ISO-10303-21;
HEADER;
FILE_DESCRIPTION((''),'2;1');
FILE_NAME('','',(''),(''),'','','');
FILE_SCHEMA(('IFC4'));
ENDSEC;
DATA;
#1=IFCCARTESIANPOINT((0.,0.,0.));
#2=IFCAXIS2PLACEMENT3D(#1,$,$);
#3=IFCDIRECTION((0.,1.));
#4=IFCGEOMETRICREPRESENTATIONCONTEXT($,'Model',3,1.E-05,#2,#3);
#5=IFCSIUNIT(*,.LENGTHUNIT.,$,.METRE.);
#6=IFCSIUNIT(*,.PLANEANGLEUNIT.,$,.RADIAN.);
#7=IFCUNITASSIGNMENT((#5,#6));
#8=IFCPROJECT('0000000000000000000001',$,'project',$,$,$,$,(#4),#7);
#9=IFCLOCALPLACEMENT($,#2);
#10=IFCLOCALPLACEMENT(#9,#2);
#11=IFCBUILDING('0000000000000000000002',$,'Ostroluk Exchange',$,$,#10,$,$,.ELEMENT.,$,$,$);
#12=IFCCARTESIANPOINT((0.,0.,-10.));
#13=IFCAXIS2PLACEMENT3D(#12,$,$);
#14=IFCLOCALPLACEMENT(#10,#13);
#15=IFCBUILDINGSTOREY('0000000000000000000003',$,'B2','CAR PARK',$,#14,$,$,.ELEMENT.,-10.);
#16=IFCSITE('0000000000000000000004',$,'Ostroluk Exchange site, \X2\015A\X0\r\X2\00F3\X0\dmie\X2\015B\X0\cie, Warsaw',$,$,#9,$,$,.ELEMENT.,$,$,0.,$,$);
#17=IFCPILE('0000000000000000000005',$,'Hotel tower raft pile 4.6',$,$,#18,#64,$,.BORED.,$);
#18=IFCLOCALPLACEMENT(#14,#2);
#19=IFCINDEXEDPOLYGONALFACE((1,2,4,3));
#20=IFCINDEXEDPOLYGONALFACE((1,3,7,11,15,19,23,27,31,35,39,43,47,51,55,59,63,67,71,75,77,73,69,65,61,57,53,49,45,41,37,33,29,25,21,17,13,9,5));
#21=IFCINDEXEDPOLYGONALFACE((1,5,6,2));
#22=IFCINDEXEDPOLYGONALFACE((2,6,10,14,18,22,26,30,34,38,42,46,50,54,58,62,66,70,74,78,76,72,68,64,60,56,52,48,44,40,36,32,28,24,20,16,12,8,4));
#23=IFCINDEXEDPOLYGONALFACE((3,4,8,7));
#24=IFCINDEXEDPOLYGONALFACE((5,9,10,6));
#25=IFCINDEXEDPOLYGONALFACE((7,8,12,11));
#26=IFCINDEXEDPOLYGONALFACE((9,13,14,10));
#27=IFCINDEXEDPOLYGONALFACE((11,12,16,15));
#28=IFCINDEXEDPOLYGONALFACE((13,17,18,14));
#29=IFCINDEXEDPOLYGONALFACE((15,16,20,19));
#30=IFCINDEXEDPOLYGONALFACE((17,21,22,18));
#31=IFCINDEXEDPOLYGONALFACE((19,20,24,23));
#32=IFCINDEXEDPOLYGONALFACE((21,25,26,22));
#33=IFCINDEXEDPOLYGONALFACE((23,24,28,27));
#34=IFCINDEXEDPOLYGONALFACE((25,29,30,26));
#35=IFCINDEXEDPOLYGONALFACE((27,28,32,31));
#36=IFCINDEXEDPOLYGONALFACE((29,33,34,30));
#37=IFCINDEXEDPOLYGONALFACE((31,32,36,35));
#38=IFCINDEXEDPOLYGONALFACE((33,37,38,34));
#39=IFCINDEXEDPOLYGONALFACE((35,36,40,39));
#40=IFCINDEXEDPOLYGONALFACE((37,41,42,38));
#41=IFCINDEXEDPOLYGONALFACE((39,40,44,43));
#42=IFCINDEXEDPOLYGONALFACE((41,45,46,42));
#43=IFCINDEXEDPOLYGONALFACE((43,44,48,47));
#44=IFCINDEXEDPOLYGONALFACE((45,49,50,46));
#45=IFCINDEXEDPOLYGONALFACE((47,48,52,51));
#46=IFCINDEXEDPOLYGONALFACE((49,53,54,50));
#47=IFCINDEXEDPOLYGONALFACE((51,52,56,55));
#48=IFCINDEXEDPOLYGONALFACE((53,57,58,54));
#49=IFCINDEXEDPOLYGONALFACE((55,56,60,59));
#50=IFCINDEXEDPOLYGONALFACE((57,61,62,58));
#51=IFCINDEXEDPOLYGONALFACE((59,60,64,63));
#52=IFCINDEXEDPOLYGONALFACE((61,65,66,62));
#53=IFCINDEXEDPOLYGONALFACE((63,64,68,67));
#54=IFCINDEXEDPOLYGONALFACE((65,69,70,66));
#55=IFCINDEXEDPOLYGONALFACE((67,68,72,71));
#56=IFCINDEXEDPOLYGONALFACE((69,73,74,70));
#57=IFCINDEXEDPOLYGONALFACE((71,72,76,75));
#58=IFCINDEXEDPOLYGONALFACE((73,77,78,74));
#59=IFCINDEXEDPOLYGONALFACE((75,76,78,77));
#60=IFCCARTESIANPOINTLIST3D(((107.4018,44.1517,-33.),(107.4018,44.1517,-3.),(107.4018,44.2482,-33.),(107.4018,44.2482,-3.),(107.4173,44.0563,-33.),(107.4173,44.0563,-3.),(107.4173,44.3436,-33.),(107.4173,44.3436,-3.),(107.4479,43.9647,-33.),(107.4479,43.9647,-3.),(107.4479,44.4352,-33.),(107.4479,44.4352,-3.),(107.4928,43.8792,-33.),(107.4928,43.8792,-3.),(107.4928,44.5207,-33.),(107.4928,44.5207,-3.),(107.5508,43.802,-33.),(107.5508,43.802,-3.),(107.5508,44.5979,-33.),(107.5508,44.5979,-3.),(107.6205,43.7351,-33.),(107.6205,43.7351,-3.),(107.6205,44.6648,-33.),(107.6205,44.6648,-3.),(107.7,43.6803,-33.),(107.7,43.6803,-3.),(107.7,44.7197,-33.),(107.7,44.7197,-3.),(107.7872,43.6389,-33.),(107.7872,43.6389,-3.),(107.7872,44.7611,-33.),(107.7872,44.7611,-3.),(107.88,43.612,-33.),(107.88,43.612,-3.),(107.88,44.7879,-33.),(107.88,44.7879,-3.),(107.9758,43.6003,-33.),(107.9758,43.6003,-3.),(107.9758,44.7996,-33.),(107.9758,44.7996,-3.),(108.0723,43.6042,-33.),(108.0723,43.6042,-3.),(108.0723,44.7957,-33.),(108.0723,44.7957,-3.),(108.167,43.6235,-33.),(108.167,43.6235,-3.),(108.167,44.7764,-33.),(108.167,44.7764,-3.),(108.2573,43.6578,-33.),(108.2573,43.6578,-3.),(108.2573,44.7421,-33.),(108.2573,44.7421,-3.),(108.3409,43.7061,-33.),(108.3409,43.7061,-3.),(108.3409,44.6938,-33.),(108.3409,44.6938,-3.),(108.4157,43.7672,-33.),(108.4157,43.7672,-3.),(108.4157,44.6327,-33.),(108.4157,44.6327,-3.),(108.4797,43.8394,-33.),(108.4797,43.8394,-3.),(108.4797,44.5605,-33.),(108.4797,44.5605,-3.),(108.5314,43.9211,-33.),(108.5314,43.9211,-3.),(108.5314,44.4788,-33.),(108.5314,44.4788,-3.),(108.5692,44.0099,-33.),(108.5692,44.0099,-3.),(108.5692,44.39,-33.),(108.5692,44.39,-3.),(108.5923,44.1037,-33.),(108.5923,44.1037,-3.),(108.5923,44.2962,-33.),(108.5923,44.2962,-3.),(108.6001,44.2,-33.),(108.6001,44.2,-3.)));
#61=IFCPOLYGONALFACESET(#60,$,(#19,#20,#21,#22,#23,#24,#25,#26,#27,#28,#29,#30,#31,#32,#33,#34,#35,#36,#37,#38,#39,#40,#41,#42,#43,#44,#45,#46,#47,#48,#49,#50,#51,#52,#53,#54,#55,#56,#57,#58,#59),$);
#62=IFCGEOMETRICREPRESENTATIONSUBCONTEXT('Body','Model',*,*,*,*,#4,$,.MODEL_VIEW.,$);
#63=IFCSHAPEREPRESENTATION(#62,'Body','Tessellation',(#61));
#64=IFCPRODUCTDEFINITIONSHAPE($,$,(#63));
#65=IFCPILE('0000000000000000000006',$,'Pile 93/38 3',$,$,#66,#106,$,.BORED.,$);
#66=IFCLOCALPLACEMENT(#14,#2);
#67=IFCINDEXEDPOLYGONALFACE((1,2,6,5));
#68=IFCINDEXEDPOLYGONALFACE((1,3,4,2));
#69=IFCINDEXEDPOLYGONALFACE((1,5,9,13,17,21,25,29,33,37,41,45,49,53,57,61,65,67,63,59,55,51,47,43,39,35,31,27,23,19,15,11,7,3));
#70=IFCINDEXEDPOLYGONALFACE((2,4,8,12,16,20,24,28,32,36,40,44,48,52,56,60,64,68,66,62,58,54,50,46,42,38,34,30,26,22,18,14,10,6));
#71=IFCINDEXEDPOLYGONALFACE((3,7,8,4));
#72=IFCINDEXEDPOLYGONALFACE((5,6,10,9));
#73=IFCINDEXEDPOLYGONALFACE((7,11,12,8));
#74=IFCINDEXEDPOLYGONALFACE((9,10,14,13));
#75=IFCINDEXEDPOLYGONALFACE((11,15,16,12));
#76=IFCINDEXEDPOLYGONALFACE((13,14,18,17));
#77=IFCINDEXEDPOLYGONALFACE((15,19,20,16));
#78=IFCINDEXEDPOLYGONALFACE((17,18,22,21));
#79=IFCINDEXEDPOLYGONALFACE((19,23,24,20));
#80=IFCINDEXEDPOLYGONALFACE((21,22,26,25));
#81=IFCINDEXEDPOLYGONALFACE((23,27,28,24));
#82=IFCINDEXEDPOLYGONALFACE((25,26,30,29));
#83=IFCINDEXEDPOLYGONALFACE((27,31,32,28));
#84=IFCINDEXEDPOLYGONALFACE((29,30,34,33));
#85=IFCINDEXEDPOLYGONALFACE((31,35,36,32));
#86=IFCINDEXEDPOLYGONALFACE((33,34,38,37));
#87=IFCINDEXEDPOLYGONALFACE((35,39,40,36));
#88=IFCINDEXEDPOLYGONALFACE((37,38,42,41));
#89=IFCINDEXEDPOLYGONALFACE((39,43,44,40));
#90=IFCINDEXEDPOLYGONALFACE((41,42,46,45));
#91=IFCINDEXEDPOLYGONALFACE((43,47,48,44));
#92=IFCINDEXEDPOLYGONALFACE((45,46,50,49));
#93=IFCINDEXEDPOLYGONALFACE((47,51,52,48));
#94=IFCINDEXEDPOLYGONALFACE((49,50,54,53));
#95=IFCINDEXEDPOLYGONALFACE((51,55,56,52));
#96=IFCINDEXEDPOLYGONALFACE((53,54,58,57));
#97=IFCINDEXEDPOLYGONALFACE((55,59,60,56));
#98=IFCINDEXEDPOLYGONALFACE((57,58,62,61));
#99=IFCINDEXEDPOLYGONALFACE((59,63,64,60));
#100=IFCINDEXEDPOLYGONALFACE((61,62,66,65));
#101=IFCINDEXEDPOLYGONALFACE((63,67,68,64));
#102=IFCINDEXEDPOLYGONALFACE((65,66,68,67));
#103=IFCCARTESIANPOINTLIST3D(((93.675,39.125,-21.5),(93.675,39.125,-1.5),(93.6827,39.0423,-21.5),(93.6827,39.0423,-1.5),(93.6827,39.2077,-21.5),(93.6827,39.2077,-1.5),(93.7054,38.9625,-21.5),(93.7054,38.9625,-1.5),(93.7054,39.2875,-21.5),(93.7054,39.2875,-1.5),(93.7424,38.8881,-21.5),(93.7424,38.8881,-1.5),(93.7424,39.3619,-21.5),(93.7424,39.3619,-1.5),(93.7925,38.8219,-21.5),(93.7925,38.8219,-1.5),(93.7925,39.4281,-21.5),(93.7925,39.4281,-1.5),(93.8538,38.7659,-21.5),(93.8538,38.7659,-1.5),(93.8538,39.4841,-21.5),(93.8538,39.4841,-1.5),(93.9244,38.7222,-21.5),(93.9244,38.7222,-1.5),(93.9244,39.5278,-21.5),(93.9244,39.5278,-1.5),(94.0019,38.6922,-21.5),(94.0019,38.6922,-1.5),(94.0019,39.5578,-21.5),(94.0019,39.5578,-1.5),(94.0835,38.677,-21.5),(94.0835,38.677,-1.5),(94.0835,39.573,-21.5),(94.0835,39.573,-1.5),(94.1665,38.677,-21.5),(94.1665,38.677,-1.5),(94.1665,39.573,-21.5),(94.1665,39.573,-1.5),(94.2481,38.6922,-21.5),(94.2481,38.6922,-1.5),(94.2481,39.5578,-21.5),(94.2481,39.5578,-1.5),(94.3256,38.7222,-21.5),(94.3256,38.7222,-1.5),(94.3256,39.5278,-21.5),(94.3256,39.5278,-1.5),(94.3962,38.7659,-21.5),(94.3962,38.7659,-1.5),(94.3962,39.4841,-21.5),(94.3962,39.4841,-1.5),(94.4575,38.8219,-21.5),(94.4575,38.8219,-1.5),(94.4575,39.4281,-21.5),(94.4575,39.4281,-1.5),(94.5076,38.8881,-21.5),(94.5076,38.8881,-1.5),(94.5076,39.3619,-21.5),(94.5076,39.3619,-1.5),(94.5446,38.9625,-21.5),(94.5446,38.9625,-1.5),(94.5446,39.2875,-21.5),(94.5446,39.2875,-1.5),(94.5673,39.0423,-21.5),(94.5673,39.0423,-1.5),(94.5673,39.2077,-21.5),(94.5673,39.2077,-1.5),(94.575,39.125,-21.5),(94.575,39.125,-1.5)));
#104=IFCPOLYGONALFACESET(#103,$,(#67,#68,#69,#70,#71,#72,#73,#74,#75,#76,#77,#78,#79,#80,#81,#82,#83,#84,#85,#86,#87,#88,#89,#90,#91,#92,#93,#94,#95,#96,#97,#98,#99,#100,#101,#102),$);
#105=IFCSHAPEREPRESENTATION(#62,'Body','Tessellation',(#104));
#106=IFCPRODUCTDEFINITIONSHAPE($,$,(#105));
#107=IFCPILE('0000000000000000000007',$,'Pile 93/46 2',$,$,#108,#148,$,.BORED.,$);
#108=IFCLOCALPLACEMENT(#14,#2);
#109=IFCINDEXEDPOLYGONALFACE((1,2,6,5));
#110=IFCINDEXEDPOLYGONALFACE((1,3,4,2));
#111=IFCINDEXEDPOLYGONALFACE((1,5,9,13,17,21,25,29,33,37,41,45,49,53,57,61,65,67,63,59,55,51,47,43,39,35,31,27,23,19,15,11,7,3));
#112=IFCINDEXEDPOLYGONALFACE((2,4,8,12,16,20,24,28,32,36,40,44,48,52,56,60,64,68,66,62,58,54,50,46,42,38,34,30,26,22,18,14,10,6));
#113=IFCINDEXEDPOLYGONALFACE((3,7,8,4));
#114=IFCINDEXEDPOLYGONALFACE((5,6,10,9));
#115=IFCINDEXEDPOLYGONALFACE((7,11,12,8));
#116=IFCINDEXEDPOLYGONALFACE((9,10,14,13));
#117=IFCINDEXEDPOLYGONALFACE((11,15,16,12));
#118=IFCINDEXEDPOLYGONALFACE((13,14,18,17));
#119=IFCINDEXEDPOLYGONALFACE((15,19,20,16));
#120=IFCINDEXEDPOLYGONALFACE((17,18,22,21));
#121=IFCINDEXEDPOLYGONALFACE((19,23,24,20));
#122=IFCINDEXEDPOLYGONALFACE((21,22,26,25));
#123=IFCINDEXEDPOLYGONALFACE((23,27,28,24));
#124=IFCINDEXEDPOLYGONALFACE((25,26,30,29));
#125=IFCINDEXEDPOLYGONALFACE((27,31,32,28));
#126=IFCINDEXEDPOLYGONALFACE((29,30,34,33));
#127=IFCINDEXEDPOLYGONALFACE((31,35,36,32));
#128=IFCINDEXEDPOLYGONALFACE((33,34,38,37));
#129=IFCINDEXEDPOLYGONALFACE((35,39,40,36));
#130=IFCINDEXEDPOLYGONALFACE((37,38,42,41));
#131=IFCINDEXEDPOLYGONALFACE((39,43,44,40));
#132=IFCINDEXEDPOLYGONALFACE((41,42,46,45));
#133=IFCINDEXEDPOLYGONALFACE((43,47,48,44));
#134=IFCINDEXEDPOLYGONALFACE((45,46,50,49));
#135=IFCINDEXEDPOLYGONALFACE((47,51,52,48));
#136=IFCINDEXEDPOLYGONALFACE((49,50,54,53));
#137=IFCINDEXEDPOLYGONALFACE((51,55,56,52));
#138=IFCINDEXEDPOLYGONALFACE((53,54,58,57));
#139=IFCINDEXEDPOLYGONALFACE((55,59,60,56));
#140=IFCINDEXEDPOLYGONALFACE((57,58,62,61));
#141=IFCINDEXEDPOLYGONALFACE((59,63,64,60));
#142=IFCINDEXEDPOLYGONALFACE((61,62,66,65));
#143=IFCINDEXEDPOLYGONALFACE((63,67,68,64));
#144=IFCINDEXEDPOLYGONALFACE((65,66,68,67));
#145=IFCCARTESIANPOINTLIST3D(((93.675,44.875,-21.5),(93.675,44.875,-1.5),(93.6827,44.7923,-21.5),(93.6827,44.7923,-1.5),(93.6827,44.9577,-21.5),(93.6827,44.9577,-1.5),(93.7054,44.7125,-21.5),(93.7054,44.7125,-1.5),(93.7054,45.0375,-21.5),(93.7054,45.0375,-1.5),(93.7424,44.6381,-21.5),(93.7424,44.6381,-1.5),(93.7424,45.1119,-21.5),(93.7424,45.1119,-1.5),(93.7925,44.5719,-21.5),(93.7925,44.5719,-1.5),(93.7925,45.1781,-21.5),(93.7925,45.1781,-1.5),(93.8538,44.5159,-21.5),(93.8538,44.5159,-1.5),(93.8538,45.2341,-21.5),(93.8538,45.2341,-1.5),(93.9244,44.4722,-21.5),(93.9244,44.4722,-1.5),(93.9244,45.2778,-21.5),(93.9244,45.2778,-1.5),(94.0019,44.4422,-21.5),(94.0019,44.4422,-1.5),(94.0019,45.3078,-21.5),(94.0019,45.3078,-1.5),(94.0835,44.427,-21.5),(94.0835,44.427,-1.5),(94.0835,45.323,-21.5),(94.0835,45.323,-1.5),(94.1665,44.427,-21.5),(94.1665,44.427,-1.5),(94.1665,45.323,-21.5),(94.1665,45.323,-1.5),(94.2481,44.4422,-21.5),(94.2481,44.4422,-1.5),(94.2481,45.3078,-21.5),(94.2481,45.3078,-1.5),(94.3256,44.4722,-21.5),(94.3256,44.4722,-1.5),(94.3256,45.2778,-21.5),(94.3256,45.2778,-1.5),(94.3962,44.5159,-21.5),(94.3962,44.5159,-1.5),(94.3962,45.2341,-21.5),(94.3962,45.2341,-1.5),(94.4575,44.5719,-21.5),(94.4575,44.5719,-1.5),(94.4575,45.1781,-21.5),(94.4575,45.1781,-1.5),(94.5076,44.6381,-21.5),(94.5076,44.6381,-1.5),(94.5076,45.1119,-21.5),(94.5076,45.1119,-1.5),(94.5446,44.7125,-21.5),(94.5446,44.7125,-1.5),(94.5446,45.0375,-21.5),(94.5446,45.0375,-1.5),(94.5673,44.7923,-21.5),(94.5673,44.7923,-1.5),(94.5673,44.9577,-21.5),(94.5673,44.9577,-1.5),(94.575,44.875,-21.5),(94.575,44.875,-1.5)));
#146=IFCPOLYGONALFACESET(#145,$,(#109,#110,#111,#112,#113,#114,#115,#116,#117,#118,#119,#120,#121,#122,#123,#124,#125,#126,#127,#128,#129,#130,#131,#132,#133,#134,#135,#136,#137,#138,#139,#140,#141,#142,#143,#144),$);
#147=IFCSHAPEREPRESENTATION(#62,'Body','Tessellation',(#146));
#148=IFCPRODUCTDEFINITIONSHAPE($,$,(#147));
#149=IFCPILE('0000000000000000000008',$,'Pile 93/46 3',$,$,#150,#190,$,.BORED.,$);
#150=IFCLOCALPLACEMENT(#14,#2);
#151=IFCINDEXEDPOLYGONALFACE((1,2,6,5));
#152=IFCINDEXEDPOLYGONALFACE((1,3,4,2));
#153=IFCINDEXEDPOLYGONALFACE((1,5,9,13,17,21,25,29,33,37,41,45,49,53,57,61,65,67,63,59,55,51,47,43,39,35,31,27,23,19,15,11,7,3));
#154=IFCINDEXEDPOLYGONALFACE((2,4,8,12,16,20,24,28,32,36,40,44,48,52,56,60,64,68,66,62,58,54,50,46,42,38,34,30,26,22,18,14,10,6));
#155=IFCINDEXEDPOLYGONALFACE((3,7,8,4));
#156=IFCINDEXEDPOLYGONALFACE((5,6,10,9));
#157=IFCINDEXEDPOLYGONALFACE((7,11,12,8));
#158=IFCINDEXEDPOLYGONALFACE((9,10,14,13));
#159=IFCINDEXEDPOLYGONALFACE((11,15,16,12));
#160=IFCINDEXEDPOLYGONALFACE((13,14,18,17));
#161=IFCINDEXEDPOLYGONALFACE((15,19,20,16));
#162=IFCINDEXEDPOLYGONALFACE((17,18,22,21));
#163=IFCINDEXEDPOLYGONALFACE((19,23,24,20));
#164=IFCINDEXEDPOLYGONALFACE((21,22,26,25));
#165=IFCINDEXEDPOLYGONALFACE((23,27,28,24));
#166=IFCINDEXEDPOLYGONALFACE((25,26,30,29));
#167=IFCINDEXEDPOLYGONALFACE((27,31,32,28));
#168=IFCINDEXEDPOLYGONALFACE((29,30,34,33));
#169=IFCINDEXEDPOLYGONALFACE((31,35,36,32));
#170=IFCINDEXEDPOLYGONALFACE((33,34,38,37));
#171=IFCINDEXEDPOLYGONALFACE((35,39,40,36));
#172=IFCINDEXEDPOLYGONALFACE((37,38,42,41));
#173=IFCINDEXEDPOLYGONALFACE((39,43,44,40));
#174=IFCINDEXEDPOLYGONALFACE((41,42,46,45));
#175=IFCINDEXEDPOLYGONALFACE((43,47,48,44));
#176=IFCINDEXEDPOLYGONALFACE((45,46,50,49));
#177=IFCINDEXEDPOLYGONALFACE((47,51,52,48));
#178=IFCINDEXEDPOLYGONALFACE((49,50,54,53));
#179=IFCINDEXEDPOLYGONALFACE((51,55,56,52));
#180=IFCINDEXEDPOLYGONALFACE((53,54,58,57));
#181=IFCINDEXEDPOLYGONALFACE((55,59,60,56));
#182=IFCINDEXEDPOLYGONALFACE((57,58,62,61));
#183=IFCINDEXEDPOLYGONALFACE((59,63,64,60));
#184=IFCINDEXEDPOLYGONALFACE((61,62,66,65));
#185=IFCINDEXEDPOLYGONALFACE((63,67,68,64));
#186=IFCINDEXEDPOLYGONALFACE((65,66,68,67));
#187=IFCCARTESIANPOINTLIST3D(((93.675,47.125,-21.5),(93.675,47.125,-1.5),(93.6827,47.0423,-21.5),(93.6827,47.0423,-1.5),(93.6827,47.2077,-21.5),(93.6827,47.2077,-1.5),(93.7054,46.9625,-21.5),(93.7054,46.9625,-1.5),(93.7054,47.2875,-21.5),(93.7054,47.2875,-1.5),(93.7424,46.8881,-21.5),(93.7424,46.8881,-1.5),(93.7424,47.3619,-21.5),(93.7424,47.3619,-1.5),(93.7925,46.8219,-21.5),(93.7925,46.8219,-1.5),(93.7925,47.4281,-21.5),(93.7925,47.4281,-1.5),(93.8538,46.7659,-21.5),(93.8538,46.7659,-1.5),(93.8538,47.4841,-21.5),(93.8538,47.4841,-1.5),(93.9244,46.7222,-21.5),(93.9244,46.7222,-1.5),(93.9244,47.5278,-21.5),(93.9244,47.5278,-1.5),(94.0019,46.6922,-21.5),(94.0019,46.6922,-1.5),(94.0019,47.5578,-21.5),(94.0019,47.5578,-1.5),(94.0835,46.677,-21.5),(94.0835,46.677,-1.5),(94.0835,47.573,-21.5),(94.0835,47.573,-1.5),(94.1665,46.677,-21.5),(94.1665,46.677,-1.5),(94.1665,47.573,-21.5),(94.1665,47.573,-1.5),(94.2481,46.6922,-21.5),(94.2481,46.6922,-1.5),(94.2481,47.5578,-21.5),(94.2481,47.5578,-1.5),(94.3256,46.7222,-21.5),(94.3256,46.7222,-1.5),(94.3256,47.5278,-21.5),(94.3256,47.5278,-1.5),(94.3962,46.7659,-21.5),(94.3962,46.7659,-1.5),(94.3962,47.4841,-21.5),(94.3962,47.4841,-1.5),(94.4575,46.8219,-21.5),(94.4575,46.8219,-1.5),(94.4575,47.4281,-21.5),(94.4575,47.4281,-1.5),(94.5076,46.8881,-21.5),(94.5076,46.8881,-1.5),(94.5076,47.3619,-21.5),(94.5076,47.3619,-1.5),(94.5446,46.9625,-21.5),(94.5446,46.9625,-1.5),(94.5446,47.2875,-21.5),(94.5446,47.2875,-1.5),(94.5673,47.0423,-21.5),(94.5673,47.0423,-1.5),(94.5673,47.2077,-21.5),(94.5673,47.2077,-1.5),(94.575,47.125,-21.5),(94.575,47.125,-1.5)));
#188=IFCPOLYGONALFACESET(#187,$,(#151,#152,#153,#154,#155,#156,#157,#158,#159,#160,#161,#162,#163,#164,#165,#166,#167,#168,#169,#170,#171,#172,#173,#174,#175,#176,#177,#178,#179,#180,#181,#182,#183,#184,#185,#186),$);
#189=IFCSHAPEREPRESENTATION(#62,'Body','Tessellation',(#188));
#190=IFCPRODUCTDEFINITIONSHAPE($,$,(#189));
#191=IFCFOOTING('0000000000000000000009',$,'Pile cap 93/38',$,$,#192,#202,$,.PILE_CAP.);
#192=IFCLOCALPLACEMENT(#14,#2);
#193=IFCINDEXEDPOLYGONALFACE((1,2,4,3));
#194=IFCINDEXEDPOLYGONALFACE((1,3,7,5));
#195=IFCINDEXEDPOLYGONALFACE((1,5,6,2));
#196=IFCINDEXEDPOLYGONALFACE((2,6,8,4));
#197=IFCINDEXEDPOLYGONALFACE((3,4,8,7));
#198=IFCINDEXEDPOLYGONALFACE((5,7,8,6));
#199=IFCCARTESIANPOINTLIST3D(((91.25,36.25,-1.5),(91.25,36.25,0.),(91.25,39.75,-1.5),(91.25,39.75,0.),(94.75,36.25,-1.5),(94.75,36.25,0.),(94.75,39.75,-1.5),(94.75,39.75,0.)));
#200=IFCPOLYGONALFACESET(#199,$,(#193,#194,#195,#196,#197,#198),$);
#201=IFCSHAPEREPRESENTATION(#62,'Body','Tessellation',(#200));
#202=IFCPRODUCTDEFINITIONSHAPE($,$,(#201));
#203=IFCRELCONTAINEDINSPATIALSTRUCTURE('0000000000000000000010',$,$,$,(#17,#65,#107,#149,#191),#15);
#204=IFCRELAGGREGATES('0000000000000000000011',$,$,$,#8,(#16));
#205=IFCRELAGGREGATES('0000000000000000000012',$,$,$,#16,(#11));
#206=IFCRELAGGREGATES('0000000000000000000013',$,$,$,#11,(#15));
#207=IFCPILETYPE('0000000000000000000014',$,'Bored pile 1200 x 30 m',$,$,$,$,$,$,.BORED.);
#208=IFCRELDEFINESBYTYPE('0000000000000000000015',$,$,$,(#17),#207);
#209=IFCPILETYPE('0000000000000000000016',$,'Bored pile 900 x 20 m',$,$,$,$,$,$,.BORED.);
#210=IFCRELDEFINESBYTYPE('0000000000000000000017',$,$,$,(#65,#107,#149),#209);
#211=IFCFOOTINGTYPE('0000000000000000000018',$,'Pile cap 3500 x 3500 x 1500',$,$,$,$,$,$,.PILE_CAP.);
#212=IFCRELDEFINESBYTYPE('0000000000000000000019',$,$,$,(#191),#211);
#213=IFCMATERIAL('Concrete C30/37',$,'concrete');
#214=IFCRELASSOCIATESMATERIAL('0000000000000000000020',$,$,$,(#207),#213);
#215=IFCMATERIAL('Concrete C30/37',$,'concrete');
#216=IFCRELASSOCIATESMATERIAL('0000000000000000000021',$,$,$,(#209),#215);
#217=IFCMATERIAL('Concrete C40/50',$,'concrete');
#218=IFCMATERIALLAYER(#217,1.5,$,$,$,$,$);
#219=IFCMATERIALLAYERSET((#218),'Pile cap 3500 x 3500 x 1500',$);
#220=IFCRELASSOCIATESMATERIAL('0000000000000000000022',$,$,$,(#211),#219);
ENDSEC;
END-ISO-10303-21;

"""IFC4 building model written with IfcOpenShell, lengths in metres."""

from ifc_helpers import new_model, si_unit, direction, frame, origin, origin_2d, place, context, subcontext, project, spatial, rectangle, circle, extrude, material, layer, layer_set, type_object, element, save


model = new_model("IFC4")

# Units and contexts
model_context = context("Model", 3, precision=1e-05, world=origin(), true_north=direction((0.0, 1.0)))
body_context = subcontext(model_context, "Body", "Model", "MODEL_VIEW")
ifc_project = project(units=[si_unit("LENGTHUNIT", "METRE"), si_unit("PLANEANGLEUNIT", "RADIAN")], contexts=[model_context])

# Site, building, storey
site_placement = place(None, origin())
site = spatial("IfcSite", under=ifc_project, at=site_placement, Name="Ostroluk Exchange site, Śródmieście, Warsaw", CompositionType="ELEMENT", RefElevation=0.0)
building_placement = place(site_placement, origin())
building = spatial("IfcBuilding", under=site, at=building_placement, Name="Ostroluk Exchange", CompositionType="ELEMENT")
storey_placement = place(building_placement, frame((0.0, 0.0, -10.0)))
storey = spatial("IfcBuildingStorey", under=building, at=storey_placement, Name="B2", Description="CAR PARK", CompositionType="ELEMENT", Elevation=-10.0)

# Piles
ifc_material_1 = material(Name="Concrete C30/37", Category="concrete")
pile_type_1 = type_object("IfcPileType", Name="Bored pile 1200 x 30 m", PredefinedType="BORED", material=ifc_material_1)
for number, where, z_axis, x_axis, name in (
    (1, (108.0, 44.2, -3.0), (0.0, 0.0, -1.0), (1.0, 0.0, 0.0), "Hotel tower raft pile 4.6"),
):
    element("IfcPile", number, at=place(storey_placement, frame(where, z_axis=z_axis, x_axis=x_axis)), inside=storey, type_object=pile_type_1, Name=name, PredefinedType="BORED", context=body_context, shape_type="SweptSolid", body=[
        extrude(circle(Radius=0.6001, at=origin_2d()), origin(), (0.0, 0.0, 1.0), 30.0),
    ])
ifc_material_2 = material(Name="Concrete C30/37", Category="concrete")
pile_type_2 = type_object("IfcPileType", Name="Bored pile 900 x 20 m", PredefinedType="BORED", material=ifc_material_2)
for number, where, z_axis, x_axis, name in (
    (2, (94.125, 39.125, -1.5), (0.0, 0.0, -1.0), (1.0, 0.0, 0.0), "Pile 93/38 3"),
    (3, (94.125, 44.875, -1.5), (0.0, 0.0, -1.0), (1.0, 0.0, 0.0), "Pile 93/46 2"),
    (4, (94.125, 47.125, -1.5), (0.0, 0.0, -1.0), (1.0, 0.0, 0.0), "Pile 93/46 3"),
):
    element("IfcPile", number, at=place(storey_placement, frame(where, z_axis=z_axis, x_axis=x_axis)), inside=storey, type_object=pile_type_2, Name=name, PredefinedType="BORED", context=body_context, shape_type="SweptSolid", body=[
        extrude(circle(Radius=0.45, at=origin_2d()), origin(), (0.0, 0.0, 1.0), 20.0),
    ])

# Footing
ifc_material_3 = material(Name="Concrete C40/50", Category="concrete")
ifc_layer_1 = layer(ifc_material_3, 1.5)
ifc_layer_set_1 = layer_set([ifc_layer_1], Name="Pile cap 3500 x 3500 x 1500")
footing_type = type_object("IfcFootingType", Name="Pile cap 3500 x 3500 x 1500", PredefinedType="PILE_CAP", material=ifc_layer_set_1)
for number, where, z_axis, x_axis, name in (
    (5, (93.0, 38.0, -1.5), (0.0, 0.0, 1.0), (1.0, 0.0, 0.0), "Pile cap 93/38"),
):
    element("IfcFooting", number, at=place(storey_placement, frame(where, z_axis=z_axis, x_axis=x_axis)), inside=storey, type_object=footing_type, Name=name, PredefinedType="PILE_CAP", context=body_context, shape_type="SweptSolid", body=[
        extrude(rectangle(XDim=3.5, YDim=3.5, at=origin_2d()), origin(), (0.0, 0.0, 1.0), 1.5),
    ])

save(model, "model.ifc")
